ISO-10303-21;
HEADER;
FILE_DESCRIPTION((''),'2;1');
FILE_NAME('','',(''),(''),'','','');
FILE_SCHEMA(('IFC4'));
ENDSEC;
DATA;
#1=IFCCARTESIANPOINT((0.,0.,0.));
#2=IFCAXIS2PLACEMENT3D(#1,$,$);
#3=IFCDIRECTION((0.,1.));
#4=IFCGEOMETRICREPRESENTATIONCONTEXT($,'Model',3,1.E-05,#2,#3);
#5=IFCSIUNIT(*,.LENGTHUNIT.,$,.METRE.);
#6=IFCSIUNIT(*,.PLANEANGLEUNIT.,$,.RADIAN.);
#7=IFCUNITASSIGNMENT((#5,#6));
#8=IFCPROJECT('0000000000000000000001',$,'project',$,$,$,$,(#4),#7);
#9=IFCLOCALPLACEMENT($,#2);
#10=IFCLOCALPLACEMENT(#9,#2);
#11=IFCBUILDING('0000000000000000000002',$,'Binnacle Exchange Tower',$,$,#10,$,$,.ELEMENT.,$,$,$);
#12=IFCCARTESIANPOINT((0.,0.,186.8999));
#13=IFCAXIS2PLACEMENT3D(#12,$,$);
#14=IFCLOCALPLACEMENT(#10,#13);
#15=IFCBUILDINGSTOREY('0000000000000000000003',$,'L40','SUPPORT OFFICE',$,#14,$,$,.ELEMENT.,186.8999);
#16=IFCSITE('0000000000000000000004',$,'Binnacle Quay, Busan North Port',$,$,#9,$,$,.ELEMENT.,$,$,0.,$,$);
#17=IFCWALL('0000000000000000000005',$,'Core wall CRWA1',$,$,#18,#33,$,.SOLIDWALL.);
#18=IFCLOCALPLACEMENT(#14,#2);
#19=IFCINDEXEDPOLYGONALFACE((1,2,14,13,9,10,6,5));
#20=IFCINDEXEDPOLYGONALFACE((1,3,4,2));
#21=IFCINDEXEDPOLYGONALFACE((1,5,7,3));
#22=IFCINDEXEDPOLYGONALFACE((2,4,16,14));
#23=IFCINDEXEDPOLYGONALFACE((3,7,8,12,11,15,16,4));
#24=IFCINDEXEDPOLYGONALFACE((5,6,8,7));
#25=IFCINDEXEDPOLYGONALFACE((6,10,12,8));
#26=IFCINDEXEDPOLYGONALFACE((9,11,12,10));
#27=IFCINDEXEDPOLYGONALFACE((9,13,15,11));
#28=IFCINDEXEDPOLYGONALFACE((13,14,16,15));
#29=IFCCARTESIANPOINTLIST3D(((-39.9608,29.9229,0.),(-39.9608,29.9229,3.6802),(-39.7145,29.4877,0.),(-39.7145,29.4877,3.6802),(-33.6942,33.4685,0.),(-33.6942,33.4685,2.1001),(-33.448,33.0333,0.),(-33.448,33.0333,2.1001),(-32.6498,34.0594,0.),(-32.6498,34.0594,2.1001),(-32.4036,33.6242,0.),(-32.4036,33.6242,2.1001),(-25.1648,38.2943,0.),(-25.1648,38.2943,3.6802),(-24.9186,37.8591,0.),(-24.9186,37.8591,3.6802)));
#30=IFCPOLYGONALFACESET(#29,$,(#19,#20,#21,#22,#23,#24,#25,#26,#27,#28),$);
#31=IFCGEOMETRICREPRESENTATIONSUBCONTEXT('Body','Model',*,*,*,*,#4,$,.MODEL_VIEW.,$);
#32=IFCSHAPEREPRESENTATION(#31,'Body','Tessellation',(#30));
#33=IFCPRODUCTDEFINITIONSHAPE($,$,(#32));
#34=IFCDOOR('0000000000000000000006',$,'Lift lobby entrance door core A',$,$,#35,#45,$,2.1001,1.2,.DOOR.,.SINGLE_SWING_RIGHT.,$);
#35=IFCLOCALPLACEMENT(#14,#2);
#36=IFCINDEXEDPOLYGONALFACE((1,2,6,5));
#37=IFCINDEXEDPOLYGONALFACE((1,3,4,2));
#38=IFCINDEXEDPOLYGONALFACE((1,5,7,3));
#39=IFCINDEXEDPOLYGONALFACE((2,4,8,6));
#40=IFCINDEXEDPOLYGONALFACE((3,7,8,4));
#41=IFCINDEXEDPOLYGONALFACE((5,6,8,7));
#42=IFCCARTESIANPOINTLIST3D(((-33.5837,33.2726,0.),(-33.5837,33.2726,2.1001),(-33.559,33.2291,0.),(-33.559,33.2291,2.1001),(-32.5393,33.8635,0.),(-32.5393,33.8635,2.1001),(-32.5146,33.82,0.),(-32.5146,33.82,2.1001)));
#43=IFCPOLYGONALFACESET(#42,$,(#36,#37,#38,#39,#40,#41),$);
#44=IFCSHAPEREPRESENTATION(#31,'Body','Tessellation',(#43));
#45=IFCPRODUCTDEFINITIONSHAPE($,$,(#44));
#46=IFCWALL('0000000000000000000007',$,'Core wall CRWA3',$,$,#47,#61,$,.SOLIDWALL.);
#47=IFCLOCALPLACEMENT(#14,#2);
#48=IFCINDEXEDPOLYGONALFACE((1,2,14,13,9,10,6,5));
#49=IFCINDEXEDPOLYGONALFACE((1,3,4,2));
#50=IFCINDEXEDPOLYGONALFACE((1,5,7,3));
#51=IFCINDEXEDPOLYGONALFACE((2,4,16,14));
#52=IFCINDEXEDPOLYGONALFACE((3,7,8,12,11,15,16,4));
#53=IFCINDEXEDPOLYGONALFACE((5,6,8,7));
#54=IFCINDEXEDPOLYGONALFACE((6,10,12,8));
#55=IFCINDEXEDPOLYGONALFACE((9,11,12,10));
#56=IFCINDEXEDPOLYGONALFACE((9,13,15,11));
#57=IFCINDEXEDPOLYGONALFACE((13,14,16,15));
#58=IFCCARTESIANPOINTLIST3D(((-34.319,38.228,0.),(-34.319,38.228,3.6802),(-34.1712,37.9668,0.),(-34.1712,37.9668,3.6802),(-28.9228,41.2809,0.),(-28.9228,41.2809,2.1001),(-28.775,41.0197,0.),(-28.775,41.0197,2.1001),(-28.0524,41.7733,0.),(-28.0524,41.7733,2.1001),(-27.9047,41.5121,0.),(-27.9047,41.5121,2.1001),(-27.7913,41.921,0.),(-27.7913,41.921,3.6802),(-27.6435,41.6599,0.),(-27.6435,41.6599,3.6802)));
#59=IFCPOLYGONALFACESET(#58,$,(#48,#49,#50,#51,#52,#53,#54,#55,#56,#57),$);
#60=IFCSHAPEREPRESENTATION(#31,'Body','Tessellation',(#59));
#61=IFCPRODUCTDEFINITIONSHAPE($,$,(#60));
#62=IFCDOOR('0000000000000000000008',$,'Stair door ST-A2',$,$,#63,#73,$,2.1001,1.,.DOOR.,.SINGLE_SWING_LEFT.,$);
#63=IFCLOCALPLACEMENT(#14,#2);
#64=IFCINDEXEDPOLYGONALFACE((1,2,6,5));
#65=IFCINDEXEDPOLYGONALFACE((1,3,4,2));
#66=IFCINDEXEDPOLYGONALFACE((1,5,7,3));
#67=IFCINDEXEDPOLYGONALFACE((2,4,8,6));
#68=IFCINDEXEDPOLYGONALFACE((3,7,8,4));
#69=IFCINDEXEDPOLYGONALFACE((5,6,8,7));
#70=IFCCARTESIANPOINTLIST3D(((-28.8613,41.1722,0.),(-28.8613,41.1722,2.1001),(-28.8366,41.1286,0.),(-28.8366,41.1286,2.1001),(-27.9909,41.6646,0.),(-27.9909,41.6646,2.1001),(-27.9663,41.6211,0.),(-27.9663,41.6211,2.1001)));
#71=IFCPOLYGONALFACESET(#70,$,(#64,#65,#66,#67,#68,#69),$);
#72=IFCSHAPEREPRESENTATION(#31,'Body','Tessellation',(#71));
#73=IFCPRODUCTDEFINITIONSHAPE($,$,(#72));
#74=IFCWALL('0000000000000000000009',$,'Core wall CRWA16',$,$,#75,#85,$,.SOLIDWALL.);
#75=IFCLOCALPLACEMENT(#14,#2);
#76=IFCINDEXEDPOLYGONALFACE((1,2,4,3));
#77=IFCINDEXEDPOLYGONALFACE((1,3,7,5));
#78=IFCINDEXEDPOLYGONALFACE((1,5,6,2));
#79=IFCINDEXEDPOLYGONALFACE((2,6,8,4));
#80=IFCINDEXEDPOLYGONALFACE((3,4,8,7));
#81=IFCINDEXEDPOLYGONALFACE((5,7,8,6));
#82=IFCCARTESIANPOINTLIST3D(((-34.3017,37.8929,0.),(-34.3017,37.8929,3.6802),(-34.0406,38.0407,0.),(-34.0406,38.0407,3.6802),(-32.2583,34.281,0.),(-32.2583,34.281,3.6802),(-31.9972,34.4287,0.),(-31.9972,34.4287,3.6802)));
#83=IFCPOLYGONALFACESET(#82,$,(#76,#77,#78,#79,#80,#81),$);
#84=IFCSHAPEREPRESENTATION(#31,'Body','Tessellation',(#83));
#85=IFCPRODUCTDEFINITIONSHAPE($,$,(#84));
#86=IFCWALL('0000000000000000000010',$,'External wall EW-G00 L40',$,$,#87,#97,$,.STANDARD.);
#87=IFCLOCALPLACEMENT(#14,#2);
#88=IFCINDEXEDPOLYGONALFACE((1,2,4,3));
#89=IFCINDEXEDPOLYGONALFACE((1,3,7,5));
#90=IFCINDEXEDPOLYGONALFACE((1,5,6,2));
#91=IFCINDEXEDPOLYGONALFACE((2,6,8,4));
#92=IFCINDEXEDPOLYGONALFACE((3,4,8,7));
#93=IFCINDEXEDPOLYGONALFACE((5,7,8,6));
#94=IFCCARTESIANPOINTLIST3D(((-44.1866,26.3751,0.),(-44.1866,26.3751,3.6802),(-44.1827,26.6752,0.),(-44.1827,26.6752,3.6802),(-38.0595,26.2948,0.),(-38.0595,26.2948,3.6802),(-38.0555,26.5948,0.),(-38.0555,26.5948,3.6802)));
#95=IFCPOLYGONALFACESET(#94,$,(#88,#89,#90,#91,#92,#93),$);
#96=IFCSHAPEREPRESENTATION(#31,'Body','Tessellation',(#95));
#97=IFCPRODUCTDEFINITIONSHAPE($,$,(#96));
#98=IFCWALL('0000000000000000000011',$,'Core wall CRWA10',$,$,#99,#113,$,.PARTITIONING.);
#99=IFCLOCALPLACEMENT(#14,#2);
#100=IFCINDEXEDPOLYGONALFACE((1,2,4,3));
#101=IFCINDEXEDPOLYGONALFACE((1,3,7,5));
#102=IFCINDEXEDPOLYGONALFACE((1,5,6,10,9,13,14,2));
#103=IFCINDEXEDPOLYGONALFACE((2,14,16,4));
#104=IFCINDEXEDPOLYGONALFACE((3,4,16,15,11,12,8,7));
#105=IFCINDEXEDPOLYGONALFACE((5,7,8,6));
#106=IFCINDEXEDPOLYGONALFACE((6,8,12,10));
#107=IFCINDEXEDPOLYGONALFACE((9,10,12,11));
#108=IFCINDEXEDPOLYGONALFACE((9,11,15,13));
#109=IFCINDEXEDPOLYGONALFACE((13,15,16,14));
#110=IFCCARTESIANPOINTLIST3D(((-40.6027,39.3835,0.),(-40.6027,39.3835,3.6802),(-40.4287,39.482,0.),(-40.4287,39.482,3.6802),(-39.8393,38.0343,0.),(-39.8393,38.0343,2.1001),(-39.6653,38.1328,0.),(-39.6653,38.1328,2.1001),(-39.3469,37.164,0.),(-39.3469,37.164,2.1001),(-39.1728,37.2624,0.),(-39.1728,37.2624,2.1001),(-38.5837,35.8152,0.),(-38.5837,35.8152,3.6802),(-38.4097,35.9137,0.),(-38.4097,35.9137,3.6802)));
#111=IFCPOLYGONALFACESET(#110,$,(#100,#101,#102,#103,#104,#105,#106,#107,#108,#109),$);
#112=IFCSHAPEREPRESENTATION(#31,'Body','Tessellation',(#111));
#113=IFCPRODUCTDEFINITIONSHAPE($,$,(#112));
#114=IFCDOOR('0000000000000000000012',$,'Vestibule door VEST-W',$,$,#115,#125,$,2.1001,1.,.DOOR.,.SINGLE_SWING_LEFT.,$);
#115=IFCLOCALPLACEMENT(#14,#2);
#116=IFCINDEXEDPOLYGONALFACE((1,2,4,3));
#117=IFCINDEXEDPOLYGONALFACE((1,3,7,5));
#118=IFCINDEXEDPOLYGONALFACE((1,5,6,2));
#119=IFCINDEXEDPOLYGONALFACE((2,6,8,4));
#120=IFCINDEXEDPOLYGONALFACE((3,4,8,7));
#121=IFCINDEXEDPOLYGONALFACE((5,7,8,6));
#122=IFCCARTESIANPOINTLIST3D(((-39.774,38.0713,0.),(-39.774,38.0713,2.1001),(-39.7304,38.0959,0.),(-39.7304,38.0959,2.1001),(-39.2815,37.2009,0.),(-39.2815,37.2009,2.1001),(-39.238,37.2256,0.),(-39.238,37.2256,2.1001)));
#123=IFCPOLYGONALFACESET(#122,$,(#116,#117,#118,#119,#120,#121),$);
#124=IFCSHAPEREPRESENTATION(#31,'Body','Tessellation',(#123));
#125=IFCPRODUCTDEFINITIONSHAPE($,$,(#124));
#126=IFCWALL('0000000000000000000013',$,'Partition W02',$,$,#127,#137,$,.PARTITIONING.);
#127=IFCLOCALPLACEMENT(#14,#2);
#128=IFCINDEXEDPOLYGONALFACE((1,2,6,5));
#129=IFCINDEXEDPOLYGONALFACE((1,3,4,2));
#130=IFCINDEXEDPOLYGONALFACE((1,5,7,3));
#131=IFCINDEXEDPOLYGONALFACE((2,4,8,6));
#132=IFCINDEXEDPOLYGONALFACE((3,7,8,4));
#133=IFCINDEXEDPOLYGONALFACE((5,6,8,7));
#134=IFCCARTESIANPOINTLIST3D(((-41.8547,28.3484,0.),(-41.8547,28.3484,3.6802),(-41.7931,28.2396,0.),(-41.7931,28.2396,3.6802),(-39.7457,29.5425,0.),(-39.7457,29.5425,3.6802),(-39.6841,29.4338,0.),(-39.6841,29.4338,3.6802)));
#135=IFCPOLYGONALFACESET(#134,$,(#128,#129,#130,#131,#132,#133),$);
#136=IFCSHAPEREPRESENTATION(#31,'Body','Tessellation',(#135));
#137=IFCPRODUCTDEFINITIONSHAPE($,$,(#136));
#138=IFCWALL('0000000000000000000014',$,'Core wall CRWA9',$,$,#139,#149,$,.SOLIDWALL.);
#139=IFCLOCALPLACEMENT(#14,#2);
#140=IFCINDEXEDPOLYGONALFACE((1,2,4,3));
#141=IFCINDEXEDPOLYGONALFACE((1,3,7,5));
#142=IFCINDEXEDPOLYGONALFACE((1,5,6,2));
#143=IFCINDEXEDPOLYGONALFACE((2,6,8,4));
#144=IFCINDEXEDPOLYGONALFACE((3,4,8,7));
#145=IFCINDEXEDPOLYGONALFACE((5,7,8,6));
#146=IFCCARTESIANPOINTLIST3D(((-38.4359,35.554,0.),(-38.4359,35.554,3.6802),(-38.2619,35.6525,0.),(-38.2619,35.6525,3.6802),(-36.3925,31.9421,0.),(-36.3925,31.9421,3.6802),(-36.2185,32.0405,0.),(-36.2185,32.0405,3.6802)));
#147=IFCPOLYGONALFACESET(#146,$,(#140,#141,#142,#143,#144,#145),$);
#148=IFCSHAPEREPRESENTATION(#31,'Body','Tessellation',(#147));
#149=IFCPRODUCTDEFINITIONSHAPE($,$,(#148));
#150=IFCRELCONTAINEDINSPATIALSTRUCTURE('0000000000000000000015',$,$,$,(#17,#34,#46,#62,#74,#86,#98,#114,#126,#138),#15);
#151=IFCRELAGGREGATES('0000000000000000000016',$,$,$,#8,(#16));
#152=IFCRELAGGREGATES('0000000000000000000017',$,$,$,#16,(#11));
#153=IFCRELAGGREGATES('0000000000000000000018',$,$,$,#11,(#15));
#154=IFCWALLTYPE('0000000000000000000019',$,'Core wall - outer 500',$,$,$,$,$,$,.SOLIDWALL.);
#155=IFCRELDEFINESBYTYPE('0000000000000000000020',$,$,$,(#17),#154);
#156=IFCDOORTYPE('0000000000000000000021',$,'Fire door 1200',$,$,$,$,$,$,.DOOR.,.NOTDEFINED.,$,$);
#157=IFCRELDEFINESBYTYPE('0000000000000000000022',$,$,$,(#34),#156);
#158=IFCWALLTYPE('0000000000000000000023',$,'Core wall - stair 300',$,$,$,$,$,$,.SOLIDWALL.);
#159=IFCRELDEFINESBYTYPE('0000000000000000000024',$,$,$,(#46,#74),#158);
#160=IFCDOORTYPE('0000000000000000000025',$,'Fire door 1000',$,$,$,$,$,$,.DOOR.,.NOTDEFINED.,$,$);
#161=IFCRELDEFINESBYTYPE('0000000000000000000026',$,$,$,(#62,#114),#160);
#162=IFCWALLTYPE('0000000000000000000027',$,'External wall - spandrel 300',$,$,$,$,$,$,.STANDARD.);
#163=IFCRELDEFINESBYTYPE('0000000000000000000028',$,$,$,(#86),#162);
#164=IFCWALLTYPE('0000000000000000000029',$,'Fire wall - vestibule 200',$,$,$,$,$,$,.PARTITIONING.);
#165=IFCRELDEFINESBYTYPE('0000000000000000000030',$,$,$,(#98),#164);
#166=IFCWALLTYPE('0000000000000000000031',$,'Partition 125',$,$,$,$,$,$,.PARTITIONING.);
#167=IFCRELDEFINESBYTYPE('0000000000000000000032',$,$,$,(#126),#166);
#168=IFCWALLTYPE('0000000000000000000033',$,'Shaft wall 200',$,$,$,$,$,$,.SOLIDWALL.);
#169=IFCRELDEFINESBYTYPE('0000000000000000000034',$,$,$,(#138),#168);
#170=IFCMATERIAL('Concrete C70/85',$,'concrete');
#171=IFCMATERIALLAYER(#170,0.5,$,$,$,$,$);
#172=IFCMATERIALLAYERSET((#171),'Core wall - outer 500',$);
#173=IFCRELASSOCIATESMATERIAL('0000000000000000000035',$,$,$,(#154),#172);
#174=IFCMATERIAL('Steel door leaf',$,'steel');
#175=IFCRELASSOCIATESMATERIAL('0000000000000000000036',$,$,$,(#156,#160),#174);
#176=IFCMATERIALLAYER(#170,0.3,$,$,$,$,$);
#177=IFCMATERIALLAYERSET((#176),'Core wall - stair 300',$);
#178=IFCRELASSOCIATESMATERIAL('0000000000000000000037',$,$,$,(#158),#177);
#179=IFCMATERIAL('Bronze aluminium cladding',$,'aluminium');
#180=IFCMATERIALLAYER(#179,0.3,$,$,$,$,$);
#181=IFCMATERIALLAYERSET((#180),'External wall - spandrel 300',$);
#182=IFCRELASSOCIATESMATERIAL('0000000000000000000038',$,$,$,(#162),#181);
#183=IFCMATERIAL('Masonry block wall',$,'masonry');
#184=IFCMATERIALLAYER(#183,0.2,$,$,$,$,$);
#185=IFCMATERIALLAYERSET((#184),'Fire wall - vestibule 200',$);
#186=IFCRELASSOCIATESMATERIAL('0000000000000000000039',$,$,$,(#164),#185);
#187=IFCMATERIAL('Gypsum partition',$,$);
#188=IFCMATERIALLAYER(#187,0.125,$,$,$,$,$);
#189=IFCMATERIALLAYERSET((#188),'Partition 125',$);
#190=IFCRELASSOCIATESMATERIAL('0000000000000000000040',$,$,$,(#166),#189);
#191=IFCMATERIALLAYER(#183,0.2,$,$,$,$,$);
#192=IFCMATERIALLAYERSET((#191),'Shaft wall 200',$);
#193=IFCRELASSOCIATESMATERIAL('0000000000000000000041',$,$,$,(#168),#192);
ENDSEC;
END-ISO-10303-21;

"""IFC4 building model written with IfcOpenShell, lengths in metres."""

from ifc_helpers import new_model, si_unit, direction, frame, frame_2d, origin, place, context, subcontext, project, spatial, rectangle, extrude, material, layer, layer_set, type_object, element, fill, save


model = new_model("IFC4")

# Units and contexts
model_context = context("Model", 3, precision=1e-05, world=origin(), true_north=direction((0.0, 1.0)))
body_context = subcontext(model_context, "Body", "Model", "MODEL_VIEW")
ifc_project = project(units=[si_unit("LENGTHUNIT", "METRE"), si_unit("PLANEANGLEUNIT", "RADIAN")], contexts=[model_context])

# Site, building, storey
site_placement = place(None, origin())
site = spatial("IfcSite", under=ifc_project, at=site_placement, Name="Binnacle Quay, Busan North Port", CompositionType="ELEMENT", RefElevation=0.0)
building_placement = place(site_placement, origin())
building = spatial("IfcBuilding", under=site, at=building_placement, Name="Binnacle Exchange Tower", CompositionType="ELEMENT")
storey_placement = place(building_placement, frame((0.0, 0.0, 186.8999)))
storey = spatial("IfcBuildingStorey", under=building, at=storey_placement, Name="L40", Description="SUPPORT OFFICE", CompositionType="ELEMENT", Elevation=186.8999)

# Shared definitions
ifc_material_1 = material(Name="Concrete C70/85", Category="concrete")

# Shared definitions
ifc_material_2 = material(Name="Steel door leaf", Category="steel")

# Walls, openings, doors
ifc_layer_1 = layer(ifc_material_1, 0.5)
ifc_layer_set_1 = layer_set([ifc_layer_1], Name="Core wall - outer 500")
wall_type_1 = type_object("IfcWallType", Name="Core wall - outer 500", PredefinedType="SOLIDWALL", material=ifc_layer_set_1)
wall_1_placement = place(storey_placement, frame((-39.8376, 29.7053, 0.0), z_axis=(0.0, 0.0, 1.0), x_axis=(0.87035, 0.492433, 0.0)))
wall_1 = element("IfcWall", 1, at=wall_1_placement, inside=storey, type_object=wall_type_1, Name="Core wall CRWA1", PredefinedType="SOLIDWALL", context=body_context, shape_type="SweptSolid", body=[
    extrude(rectangle(XDim=17.0, YDim=0.5, at=frame_2d((8.5, 0.0))), origin(), (0.0, 0.0, 1.0), 3.6802),
])
opening_1_placement = place(wall_1_placement, frame((7.2, 0.0, 0.0)))
opening_1 = element("IfcOpeningElement", 2, at=opening_1_placement, cuts=wall_1, PredefinedType="OPENING", context=body_context, shape_type="SweptSolid", body=[
    extrude(rectangle(XDim=1.2, YDim=2.1001, at=frame_2d((0.6001, 1.05))), frame((0.0, 0.26, 0.0), z_axis=(0.0, -1.0, 0.0), x_axis=(1.0, 0.0, 0.0)), (0.0, 0.0, 1.0), 0.52),
])
door_type_1 = type_object("IfcDoorType", Name="Fire door 1200", OperationType="NOTDEFINED", PredefinedType="DOOR", material=ifc_material_2)
door_1_placement = place(opening_1_placement, frame((1.2, 0.0, 0.0), z_axis=(0.0, 0.0, 1.0), x_axis=(-1.0, 0.0, 0.0)))
door_1 = element("IfcDoor", 3, at=door_1_placement, inside=storey, type_object=door_type_1, Name="Lift lobby entrance door core A", OperationType="SINGLE_SWING_RIGHT", OverallHeight=2.1001, OverallWidth=1.2, PredefinedType="DOOR", context=body_context, shape_type="SweptSolid", body=[
    extrude(rectangle(XDim=1.2, YDim=2.1001, at=frame_2d((0.6001, 1.05))), frame((0.0, 0.0249, 0.0), z_axis=(0.0, -1.0, 0.0), x_axis=(1.0, 0.0, 0.0)), (0.0, 0.0, 1.0), 0.05),
])
fill(opening_1, door_1)
ifc_layer_2 = layer(ifc_material_1, 0.3)
ifc_layer_set_2 = layer_set([ifc_layer_2], Name="Core wall - stair 300")
wall_type_2 = type_object("IfcWallType", Name="Core wall - stair 300", PredefinedType="SOLIDWALL", material=ifc_layer_set_2)
wall_2_placement = place(storey_placement, frame((-34.2451, 38.0974, 0.0), z_axis=(0.0, 0.0, 1.0), x_axis=(0.870365, 0.492408, 0.0)))
wall_2 = element("IfcWall", 4, at=wall_2_placement, inside=storey, type_object=wall_type_2, Name="Core wall CRWA3", PredefinedType="SOLIDWALL", context=body_context, shape_type="SweptSolid", body=[
    extrude(rectangle(XDim=7.5, YDim=0.3, at=frame_2d((3.75, 0.0))), origin(), (0.0, 0.0, 1.0), 3.6802),
])
opening_2_placement = place(wall_2_placement, frame((6.2, 0.0, 0.0)))
opening_2 = element("IfcOpeningElement", 5, at=opening_2_placement, cuts=wall_2, PredefinedType="OPENING", context=body_context, shape_type="SweptSolid", body=[
    extrude(rectangle(XDim=1.0, YDim=2.1001, at=frame_2d((0.5, 1.05))), frame((0.0, 0.1599, 0.0), z_axis=(0.0, -1.0, 0.0), x_axis=(1.0, 0.0, 0.0)), (0.0, 0.0, 1.0), 0.3201),
])
door_type_2 = type_object("IfcDoorType", Name="Fire door 1000", OperationType="NOTDEFINED", PredefinedType="DOOR", material=ifc_material_2)
door_2_placement = place(opening_2_placement, frame((1.0, 0.0, 0.0), z_axis=(0.0, 0.0, 1.0), x_axis=(-1.0, 0.0, 0.0)))
door_2 = element("IfcDoor", 6, at=door_2_placement, inside=storey, type_object=door_type_2, Name="Stair door ST-A2", OperationType="SINGLE_SWING_LEFT", OverallHeight=2.1001, OverallWidth=1.0, PredefinedType="DOOR", context=body_context, shape_type="SweptSolid", body=[
    extrude(rectangle(XDim=1.0, YDim=2.1001, at=frame_2d((0.5, 1.05))), frame((0.0, 0.0249, 0.0), z_axis=(0.0, -1.0, 0.0), x_axis=(1.0, 0.0, 0.0)), (0.0, 0.0, 1.0), 0.05),
])
fill(opening_2, door_2)

# Walls
wall_3_placement = place(storey_placement, frame((-34.1711, 37.9668, 0.0), z_axis=(0.0, 0.0, 1.0), x_axis=(0.492396, -0.870371, 0.0)))
element("IfcWall", 7, at=wall_3_placement, inside=storey, type_object=wall_type_2, Name="Core wall CRWA16", PredefinedType="SOLIDWALL", context=body_context, shape_type="SweptSolid", body=[
    extrude(rectangle(XDim=4.1499, YDim=0.3, at=frame_2d((2.075, 0.0))), origin(), (0.0, 0.0, 1.0), 3.6802),
])
ifc_material_3 = material(Name="Bronze aluminium cladding", Category="aluminium")
ifc_layer_3 = layer(ifc_material_3, 0.3)
ifc_layer_set_3 = layer_set([ifc_layer_3], Name="External wall - spandrel 300")
wall_type_3 = type_object("IfcWallType", Name="External wall - spandrel 300", PredefinedType="STANDARD", material=ifc_layer_set_3)
wall_4_placement = place(storey_placement, frame((-38.0574, 26.4448, 0.0), z_axis=(0.0, 0.0, 1.0), x_axis=(-0.999914, 0.013108, 0.0)))
element("IfcWall", 8, at=wall_4_placement, inside=storey, type_object=wall_type_3, Name="External wall EW-G00 L40", PredefinedType="STANDARD", context=body_context, shape_type="SweptSolid", body=[
    extrude(rectangle(XDim=6.1277, YDim=0.3, at=frame_2d((3.064, 0.0))), origin(), (0.0, 0.0, 1.0), 3.6802),
])

# Wall, opening, door
ifc_material_4 = material(Name="Masonry block wall", Category="masonry")
ifc_layer_4 = layer(ifc_material_4, 0.2)
ifc_layer_set_4 = layer_set([ifc_layer_4], Name="Fire wall - vestibule 200")
wall_type_4 = type_object("IfcWallType", Name="Fire wall - vestibule 200", PredefinedType="PARTITIONING", material=ifc_layer_set_4)
wall_5_placement = place(storey_placement, frame((-40.5156, 39.4326, 0.0), z_axis=(0.0, 0.0, 1.0), x_axis=(0.492454, -0.870339, 0.0)))
wall_5 = element("IfcWall", 9, at=wall_5_placement, inside=storey, type_object=wall_type_4, Name="Core wall CRWA10", PredefinedType="PARTITIONING", context=body_context, shape_type="SweptSolid", body=[
    extrude(rectangle(XDim=4.0999, YDim=0.2, at=frame_2d((2.0498, 0.0))), origin(), (0.0, 0.0, 1.0), 3.6802),
])
opening_3_placement = place(wall_5_placement, frame((1.55, 0.0, 0.0)))
opening_3 = element("IfcOpeningElement", 10, at=opening_3_placement, cuts=wall_5, PredefinedType="OPENING", context=body_context, shape_type="SweptSolid", body=[
    extrude(rectangle(XDim=1.0, YDim=2.1001, at=frame_2d((0.5, 1.05))), frame((0.0, 0.1099, 0.0), z_axis=(0.0, -1.0, 0.0), x_axis=(1.0, 0.0, 0.0)), (0.0, 0.0, 1.0), 0.22),
])
door_3_placement = place(opening_3_placement, frame((1.0, 0.0, 0.0), z_axis=(0.0, 0.0, 1.0), x_axis=(-1.0, 0.0, 0.0)))
door_3 = element("IfcDoor", 11, at=door_3_placement, inside=storey, type_object=door_type_2, Name="Vestibule door VEST-W", OperationType="SINGLE_SWING_LEFT", OverallHeight=2.1001, OverallWidth=1.0, PredefinedType="DOOR", context=body_context, shape_type="SweptSolid", body=[
    extrude(rectangle(XDim=1.0, YDim=2.1001, at=frame_2d((0.5, 1.05))), frame((0.0, 0.0249, 0.0), z_axis=(0.0, -1.0, 0.0), x_axis=(1.0, 0.0, 0.0)), (0.0, 0.0, 1.0), 0.05),
])
fill(opening_3, door_3)

# Walls
ifc_material_5 = material(Name="Gypsum partition")
ifc_layer_5 = layer(ifc_material_5, 0.125)
ifc_layer_set_5 = layer_set([ifc_layer_5], Name="Partition 125")
wall_type_5 = type_object("IfcWallType", Name="Partition 125", PredefinedType="PARTITIONING", material=ifc_layer_set_5)
wall_6_placement = place(storey_placement, frame((-41.824, 28.2939, 0.0), z_axis=(0.0, 0.0, 1.0), x_axis=(0.870189, 0.492718, 0.0)))
element("IfcWall", 12, at=wall_6_placement, inside=storey, type_object=wall_type_5, Name="Partition W02", PredefinedType="PARTITIONING", context=body_context, shape_type="SweptSolid", body=[
    extrude(rectangle(XDim=2.4236, YDim=0.125, at=frame_2d((1.2119, 0.0))), origin(), (0.0, 0.0, 1.0), 3.6802),
])
ifc_layer_6 = layer(ifc_material_4, 0.2)
ifc_layer_set_6 = layer_set([ifc_layer_6], Name="Shaft wall 200")
wall_type_6 = type_object("IfcWallType", Name="Shaft wall 200", PredefinedType="SOLIDWALL", material=ifc_layer_set_6)
wall_7_placement = place(storey_placement, frame((-38.3489, 35.6033, 0.0), z_axis=(0.0, 0.0, 1.0), x_axis=(0.492396, -0.870371, 0.0)))
element("IfcWall", 13, at=wall_7_placement, inside=storey, type_object=wall_type_6, Name="Core wall CRWA9", PredefinedType="SOLIDWALL", context=body_context, shape_type="SweptSolid", body=[
    extrude(rectangle(XDim=4.1499, YDim=0.2, at=frame_2d((2.075, 0.0))), origin(), (0.0, 0.0, 1.0), 3.6802),
])

save(model, "model.ifc")
